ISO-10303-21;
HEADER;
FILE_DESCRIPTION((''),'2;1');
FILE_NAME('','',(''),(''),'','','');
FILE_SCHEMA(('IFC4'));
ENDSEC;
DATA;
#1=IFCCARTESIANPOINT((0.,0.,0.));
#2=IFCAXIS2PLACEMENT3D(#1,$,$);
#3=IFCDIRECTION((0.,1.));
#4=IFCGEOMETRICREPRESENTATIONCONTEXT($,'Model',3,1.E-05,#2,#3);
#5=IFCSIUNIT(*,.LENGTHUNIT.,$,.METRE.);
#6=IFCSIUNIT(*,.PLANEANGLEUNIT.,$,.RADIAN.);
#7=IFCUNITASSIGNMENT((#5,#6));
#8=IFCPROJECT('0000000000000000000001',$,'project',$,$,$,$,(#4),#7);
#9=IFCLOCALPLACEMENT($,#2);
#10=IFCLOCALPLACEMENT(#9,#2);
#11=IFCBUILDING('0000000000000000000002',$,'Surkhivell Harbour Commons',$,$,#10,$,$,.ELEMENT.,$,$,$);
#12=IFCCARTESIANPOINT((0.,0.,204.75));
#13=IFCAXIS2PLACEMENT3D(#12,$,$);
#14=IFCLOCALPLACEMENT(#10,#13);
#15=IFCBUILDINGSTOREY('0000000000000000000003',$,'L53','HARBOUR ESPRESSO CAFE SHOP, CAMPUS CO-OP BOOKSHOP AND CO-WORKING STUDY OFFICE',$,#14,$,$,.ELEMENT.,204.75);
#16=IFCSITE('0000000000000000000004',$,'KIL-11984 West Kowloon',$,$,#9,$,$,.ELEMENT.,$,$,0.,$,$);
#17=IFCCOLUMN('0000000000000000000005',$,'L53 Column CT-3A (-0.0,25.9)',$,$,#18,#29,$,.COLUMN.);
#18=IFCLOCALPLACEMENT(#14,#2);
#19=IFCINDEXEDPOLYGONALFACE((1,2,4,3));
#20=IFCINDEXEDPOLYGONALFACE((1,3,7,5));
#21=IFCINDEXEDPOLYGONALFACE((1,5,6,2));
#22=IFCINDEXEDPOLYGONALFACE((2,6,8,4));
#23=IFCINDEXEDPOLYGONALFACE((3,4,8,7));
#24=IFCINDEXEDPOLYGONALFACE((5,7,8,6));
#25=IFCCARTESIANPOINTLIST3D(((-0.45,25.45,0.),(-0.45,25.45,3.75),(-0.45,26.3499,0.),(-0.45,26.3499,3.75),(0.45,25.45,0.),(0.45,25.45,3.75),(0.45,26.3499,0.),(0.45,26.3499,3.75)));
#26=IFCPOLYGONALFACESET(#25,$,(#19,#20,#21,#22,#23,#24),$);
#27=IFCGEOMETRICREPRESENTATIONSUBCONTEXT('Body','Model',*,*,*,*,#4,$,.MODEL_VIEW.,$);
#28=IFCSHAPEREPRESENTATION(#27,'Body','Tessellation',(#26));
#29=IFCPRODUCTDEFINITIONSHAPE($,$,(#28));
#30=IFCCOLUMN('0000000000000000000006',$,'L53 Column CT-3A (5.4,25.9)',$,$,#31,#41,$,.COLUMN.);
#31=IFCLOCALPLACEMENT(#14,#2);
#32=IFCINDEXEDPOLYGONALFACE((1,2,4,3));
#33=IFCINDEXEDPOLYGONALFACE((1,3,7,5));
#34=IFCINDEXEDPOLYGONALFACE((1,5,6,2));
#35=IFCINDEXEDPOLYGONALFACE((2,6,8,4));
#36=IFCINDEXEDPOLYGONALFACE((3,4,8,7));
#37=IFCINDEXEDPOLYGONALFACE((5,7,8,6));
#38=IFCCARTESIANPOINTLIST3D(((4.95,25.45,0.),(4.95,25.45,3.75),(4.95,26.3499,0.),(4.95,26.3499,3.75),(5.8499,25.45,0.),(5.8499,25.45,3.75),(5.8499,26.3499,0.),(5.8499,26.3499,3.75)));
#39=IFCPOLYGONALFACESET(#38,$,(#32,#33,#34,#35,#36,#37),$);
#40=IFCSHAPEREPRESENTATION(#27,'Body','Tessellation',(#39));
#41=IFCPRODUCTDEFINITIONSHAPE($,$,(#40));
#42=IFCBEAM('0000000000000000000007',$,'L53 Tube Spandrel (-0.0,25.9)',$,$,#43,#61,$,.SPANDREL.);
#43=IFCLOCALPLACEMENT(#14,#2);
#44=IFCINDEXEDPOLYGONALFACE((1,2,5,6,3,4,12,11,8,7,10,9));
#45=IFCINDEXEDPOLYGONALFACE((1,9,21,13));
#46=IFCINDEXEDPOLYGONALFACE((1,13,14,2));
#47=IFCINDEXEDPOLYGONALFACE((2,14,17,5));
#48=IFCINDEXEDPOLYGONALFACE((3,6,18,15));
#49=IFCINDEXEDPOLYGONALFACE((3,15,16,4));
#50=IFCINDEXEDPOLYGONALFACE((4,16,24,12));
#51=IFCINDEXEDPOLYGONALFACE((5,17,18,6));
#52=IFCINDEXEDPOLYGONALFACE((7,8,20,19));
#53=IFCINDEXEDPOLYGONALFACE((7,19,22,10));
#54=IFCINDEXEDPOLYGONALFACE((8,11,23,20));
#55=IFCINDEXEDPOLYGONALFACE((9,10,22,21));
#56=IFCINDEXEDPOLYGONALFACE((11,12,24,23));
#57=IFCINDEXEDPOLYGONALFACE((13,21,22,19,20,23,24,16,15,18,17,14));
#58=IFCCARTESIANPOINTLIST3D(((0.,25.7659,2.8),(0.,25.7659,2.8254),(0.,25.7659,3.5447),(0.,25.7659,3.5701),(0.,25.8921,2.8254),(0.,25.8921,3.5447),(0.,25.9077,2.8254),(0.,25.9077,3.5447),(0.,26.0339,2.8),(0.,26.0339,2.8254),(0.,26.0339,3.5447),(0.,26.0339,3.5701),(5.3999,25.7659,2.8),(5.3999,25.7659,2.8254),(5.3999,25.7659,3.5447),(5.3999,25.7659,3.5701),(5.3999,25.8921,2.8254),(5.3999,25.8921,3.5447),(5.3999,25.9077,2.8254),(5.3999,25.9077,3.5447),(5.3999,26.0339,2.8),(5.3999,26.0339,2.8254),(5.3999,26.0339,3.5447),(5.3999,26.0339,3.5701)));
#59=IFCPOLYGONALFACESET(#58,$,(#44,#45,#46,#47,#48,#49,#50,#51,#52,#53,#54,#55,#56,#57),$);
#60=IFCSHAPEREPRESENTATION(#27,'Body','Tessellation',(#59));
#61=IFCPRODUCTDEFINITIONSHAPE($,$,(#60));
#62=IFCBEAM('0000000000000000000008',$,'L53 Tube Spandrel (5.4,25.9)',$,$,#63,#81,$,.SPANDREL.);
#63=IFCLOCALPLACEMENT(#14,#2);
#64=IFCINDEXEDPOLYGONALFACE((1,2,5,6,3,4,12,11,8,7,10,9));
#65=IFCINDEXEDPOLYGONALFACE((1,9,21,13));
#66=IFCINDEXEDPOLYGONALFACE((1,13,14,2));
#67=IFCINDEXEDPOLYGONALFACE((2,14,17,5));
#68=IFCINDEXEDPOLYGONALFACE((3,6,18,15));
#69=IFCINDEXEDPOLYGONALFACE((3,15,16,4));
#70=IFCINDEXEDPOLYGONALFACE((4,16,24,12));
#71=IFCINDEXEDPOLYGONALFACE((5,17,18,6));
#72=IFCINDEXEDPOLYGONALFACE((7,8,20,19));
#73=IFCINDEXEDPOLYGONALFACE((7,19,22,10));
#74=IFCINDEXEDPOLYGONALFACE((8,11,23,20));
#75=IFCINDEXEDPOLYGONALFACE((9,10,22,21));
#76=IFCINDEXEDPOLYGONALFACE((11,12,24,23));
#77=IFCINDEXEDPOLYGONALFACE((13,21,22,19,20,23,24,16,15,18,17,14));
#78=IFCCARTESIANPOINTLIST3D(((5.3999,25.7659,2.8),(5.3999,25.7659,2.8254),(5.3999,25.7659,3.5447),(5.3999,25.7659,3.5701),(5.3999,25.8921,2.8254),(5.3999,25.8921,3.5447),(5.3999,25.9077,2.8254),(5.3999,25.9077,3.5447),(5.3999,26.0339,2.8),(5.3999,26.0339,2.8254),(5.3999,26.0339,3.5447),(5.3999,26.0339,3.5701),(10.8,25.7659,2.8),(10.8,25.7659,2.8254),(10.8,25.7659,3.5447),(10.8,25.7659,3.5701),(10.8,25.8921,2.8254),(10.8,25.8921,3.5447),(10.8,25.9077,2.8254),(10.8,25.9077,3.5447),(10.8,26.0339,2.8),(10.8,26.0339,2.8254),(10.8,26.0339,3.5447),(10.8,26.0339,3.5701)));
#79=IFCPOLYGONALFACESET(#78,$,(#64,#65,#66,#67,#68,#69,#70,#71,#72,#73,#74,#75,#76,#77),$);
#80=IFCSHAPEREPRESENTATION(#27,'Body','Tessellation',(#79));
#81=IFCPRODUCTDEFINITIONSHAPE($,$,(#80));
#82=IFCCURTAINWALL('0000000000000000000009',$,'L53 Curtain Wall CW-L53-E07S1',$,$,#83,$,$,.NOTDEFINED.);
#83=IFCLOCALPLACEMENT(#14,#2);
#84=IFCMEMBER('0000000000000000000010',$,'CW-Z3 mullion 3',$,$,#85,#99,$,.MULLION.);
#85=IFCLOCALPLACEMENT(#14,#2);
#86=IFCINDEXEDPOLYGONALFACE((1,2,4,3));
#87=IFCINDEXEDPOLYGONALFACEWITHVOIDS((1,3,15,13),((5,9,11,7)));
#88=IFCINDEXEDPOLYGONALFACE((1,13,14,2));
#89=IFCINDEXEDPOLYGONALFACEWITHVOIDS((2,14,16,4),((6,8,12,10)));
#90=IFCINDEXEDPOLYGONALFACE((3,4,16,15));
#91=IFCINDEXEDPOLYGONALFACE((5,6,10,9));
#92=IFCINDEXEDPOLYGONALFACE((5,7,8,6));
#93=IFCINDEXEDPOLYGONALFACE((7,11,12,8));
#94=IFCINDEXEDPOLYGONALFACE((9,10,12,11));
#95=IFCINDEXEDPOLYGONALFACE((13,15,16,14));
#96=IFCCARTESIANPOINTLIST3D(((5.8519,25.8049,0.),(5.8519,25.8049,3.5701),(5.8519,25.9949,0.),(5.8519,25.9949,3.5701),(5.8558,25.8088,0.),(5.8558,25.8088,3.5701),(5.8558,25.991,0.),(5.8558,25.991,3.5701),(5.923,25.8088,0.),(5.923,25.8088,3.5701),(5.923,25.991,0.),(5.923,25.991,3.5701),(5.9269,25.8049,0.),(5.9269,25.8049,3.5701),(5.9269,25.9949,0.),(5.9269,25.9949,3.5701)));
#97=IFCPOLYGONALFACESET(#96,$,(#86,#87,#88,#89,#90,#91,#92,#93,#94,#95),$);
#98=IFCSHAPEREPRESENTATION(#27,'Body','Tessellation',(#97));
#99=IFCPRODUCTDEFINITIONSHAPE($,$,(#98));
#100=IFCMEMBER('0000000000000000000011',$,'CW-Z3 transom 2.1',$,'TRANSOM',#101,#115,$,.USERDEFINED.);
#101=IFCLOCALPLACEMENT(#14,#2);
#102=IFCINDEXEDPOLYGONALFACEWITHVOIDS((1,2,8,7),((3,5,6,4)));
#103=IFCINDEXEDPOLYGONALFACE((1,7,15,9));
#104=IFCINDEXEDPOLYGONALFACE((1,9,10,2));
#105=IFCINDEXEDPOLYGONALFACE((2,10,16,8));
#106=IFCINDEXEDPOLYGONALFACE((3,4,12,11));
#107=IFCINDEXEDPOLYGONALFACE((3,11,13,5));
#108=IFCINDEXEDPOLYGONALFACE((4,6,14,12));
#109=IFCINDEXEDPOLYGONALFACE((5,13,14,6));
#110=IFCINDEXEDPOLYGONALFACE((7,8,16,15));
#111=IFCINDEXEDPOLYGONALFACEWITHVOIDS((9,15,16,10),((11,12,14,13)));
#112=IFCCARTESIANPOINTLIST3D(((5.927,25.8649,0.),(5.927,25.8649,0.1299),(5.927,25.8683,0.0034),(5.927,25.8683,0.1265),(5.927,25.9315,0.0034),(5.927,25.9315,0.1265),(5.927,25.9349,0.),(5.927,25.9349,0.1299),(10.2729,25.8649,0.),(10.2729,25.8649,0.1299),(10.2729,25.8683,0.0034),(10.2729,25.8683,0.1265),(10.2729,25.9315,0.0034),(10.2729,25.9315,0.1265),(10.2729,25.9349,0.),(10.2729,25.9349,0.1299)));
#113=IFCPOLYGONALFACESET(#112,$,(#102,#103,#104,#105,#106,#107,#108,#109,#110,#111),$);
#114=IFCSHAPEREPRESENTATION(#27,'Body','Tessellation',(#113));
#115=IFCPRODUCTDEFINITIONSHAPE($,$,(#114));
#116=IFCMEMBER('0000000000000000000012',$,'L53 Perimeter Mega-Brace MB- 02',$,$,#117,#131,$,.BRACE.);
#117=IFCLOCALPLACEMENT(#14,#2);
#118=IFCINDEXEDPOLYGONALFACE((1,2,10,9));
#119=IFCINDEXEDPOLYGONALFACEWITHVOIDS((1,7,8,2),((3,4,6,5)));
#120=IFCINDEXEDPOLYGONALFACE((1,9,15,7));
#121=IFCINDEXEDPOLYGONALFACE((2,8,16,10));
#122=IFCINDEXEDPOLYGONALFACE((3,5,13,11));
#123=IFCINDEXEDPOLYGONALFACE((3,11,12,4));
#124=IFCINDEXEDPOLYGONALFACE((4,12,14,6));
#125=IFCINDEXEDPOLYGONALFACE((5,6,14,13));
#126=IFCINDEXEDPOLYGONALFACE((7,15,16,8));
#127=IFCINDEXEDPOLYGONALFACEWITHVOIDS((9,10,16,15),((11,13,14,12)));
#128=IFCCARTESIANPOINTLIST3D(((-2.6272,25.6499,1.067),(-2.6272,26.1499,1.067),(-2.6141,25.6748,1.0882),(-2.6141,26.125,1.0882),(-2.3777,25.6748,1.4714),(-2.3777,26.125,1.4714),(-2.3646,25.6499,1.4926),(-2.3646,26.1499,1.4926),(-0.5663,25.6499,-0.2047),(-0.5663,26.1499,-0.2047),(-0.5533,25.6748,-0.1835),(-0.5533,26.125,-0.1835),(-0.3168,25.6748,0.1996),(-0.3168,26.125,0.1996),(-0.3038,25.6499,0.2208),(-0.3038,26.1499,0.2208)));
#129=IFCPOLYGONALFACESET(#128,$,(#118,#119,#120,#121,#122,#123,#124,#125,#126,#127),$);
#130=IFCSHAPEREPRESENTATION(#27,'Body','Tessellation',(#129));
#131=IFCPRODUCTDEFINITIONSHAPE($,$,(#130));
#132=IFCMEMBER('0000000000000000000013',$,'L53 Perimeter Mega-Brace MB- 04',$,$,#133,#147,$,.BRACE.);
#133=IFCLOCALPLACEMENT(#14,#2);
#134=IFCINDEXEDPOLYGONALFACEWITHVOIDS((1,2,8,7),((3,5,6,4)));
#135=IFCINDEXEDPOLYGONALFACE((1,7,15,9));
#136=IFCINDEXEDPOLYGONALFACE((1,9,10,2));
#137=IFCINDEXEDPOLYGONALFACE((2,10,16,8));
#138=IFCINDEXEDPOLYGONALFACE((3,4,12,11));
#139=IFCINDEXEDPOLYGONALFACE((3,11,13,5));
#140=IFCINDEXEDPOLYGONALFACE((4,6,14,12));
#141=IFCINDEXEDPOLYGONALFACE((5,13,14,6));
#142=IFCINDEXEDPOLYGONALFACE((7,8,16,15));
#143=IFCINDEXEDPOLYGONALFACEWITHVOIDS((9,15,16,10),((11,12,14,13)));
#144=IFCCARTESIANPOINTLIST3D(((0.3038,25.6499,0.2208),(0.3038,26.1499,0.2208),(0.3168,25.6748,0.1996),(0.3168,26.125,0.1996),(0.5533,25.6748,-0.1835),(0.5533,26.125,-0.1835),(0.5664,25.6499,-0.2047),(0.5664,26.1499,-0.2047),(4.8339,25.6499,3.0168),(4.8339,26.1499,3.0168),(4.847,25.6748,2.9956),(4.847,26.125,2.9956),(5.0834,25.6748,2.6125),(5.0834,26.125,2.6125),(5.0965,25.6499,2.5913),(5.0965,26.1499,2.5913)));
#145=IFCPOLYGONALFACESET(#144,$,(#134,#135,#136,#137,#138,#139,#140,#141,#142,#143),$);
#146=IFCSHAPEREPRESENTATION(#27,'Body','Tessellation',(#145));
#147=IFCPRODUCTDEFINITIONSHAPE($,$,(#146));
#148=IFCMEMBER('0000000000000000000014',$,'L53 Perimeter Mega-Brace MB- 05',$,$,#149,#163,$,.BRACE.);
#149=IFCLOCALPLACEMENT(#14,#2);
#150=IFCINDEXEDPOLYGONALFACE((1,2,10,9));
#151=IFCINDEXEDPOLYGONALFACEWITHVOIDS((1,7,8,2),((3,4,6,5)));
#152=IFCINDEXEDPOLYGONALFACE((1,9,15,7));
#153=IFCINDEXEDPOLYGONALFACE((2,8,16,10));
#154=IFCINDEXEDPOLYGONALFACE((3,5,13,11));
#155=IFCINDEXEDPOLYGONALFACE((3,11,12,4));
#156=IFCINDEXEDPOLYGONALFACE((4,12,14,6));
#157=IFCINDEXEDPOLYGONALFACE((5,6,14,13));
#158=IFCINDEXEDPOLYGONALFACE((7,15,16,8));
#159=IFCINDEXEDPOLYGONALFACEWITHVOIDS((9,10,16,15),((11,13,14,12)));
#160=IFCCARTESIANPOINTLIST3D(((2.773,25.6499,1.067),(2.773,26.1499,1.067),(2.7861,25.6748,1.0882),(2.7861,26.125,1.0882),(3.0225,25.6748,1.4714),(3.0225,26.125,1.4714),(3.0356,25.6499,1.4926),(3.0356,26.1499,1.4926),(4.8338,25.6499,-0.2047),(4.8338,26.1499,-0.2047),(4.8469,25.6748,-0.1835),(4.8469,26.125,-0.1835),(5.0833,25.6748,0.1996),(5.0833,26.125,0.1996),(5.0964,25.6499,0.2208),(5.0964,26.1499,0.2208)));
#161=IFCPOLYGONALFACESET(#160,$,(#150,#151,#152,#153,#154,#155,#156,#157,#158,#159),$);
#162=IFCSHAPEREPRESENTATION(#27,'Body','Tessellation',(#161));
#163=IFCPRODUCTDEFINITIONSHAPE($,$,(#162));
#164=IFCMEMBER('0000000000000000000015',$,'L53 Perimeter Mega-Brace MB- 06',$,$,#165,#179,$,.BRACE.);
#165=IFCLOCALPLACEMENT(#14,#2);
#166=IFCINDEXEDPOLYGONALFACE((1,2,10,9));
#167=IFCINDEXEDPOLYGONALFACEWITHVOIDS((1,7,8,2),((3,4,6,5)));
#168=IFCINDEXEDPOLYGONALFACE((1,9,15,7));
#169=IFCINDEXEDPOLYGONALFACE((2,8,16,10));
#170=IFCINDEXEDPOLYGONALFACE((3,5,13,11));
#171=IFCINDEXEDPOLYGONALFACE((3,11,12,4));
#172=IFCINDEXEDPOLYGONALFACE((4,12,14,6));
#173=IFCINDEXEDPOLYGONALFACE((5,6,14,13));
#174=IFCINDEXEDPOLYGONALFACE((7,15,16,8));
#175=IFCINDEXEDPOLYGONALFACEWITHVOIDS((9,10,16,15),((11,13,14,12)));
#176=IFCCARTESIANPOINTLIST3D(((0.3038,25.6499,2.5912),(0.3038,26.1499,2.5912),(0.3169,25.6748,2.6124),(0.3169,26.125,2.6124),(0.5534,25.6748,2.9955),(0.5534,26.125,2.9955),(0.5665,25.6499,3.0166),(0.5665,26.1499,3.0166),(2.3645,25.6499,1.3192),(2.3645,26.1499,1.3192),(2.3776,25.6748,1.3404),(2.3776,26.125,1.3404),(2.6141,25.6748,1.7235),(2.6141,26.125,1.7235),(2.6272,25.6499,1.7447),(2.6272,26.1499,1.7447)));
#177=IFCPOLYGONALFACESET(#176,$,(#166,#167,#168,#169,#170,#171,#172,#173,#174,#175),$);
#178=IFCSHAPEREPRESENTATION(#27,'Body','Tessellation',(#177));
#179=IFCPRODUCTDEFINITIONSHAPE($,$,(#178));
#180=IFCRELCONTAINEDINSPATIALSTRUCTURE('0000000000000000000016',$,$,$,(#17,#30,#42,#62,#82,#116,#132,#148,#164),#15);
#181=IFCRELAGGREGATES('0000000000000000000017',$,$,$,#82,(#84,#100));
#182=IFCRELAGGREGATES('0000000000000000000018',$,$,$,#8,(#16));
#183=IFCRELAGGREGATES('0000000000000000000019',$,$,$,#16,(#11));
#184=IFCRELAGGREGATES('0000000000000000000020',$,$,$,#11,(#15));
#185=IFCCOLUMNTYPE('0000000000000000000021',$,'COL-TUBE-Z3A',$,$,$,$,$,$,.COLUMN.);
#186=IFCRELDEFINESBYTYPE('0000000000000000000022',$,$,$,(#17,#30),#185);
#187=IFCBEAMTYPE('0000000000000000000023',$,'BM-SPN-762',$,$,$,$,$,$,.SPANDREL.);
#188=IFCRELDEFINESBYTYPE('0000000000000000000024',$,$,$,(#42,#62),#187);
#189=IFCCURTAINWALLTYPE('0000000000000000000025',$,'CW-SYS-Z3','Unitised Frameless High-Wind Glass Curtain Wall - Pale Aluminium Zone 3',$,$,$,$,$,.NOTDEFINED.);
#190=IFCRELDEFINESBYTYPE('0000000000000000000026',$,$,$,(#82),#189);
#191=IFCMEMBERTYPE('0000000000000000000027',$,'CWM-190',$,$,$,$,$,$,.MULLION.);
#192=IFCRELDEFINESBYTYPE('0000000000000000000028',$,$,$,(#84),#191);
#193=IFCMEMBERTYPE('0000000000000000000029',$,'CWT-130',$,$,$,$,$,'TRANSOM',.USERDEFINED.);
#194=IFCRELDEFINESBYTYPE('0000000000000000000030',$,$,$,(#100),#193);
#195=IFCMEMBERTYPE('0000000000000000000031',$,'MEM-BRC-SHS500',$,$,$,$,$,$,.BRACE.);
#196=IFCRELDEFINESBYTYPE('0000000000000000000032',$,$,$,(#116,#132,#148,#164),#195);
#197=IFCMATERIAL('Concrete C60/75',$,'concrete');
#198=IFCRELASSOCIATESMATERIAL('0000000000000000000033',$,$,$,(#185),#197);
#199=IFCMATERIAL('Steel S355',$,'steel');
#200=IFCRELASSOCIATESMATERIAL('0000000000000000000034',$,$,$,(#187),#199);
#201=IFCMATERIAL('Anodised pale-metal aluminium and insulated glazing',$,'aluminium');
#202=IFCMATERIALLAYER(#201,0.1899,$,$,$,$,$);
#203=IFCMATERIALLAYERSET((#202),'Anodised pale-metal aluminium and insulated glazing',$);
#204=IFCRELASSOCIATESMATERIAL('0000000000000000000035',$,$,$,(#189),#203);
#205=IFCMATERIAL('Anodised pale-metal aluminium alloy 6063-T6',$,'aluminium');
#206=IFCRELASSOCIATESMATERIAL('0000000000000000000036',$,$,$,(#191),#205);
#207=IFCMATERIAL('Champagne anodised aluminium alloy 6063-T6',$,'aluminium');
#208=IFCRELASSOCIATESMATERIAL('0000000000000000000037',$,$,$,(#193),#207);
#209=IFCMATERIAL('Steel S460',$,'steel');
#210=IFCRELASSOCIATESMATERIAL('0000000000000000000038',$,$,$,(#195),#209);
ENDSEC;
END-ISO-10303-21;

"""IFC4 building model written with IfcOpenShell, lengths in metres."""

from ifc_helpers import new_model, si_unit, direction, frame, origin, origin_2d, place, context, subcontext, project, spatial, rectangle, hollow_rectangle, i_section, extrude, material, layer, layer_set, material_profile, profile_set, type_object, element, aggregate, save


model = new_model("IFC4")

# Units and contexts
model_context = context("Model", 3, precision=1e-05, world=origin(), true_north=direction((0.0, 1.0)))
body_context = subcontext(model_context, "Body", "Model", "MODEL_VIEW")
ifc_project = project(units=[si_unit("LENGTHUNIT", "METRE"), si_unit("PLANEANGLEUNIT", "RADIAN")], contexts=[model_context])

# Site, building, storey
site_placement = place(None, origin())
site = spatial("IfcSite", under=ifc_project, at=site_placement, Name="KIL-11984 West Kowloon", CompositionType="ELEMENT", RefElevation=0.0)
building_placement = place(site_placement, origin())
building = spatial("IfcBuilding", under=site, at=building_placement, Name="Surkhivell Harbour Commons", CompositionType="ELEMENT")
storey_placement = place(building_placement, frame((0.0, 0.0, 204.75)))
storey = spatial("IfcBuildingStorey", under=building, at=storey_placement, Name="L53", Description="HARBOUR ESPRESSO CAFE SHOP, CAMPUS CO-OP BOOKSHOP AND CO-WORKING STUDY OFFICE", CompositionType="ELEMENT", Elevation=204.75)

# Columns
ifc_material_1 = material(Name="Concrete C60/75", Category="concrete")
ifc_material_profile_1 = material_profile(ifc_material_1, rectangle(XDim=0.8999, YDim=0.8999, at=origin_2d()), Name="RC-COL-900x900")
ifc_profile_set_1 = profile_set([ifc_material_profile_1], Name="Concrete C60/75")
column_type = type_object("IfcColumnType", Name="COL-TUBE-Z3A", PredefinedType="COLUMN", material=ifc_profile_set_1)
for number, where, z_axis, x_axis, name in (
    (1, (0.0, 25.8999, 0.0), (0.0, 0.0, 1.0), (1.0, 0.0, 0.0), "L53 Column CT-3A (-0.0,25.9)"),
    (2, (5.3999, 25.8999, 0.0), (0.0, 0.0, 1.0), (1.0, 0.0, 0.0), "L53 Column CT-3A (5.4,25.9)"),
):
    element("IfcColumn", number, at=place(storey_placement, frame(where, z_axis=z_axis, x_axis=x_axis)), inside=storey, type_object=column_type, Name=name, PredefinedType="COLUMN", context=body_context, shape_type="SweptSolid", body=[
        extrude(rectangle(XDim=0.8999, YDim=0.8999, at=origin_2d()), origin(), (0.0, 0.0, 1.0), 3.75),
    ])

# Beams
ifc_material_2 = material(Name="Steel S355", Category="steel")
ifc_material_profile_2 = material_profile(ifc_material_2, i_section(OverallWidth=0.2681, OverallDepth=0.77, WebThickness=0.0156, FlangeThickness=0.0254, at=origin_2d()), Name="UB762x267x197")
ifc_profile_set_2 = profile_set([ifc_material_profile_2], Name="Steel S355")
beam_type = type_object("IfcBeamType", Name="BM-SPN-762", PredefinedType="SPANDREL", material=ifc_profile_set_2)
beam_1_placement = place(storey_placement, frame((0.0, 25.8999, 3.1851), z_axis=(1.0, 0.0, 0.0), x_axis=(0.0, 1.0, 0.0)))
element("IfcBeam", 3, at=beam_1_placement, inside=storey, type_object=beam_type, Name="L53 Tube Spandrel (-0.0,25.9)", PredefinedType="SPANDREL", context=body_context, shape_type="SweptSolid", body=[
    extrude(i_section(OverallWidth=0.2681, OverallDepth=0.77, WebThickness=0.0156, FlangeThickness=0.0254, at=origin_2d()), origin(), (0.0, 0.0, 1.0), 5.3999),
])
beam_2_placement = place(storey_placement, frame((5.3999, 25.8999, 3.1851), z_axis=(1.0, 0.0, 0.0), x_axis=(0.0, 1.0, 0.0)))
element("IfcBeam", 4, at=beam_2_placement, inside=storey, type_object=beam_type, Name="L53 Tube Spandrel (5.4,25.9)", PredefinedType="SPANDREL", context=body_context, shape_type="SweptSolid", body=[
    extrude(i_section(OverallWidth=0.2681, OverallDepth=0.77, WebThickness=0.0156, FlangeThickness=0.0254, at=origin_2d()), origin(), (0.0, 0.0, 1.0), 5.4001),
])

# Curtain wall, members
ifc_material_3 = material(Name="Anodised pale-metal aluminium and insulated glazing", Category="aluminium")
ifc_layer_1 = layer(ifc_material_3, 0.1899)
ifc_layer_set_1 = layer_set([ifc_layer_1], Name="Anodised pale-metal aluminium and insulated glazing")
curtain_wall_type = type_object("IfcCurtainWallType", Name="CW-SYS-Z3", Description="Unitised Frameless High-Wind Glass Curtain Wall - Pale Aluminium Zone 3", PredefinedType="NOTDEFINED", material=ifc_layer_set_1)
curtain_wall_placement = place(storey_placement, origin())
curtain_wall = element("IfcCurtainWall", 5, at=curtain_wall_placement, inside=storey, type_object=curtain_wall_type, Name="L53 Curtain Wall CW-L53-E07S1", PredefinedType="NOTDEFINED")
ifc_material_4 = material(Name="Anodised pale-metal aluminium alloy 6063-T6", Category="aluminium")
ifc_material_profile_3 = material_profile(ifc_material_4, hollow_rectangle(XDim=0.075, YDim=0.1899, WallThickness=0.0039, at=origin_2d()), Name="ALU-MULL-75x190")
ifc_profile_set_3 = profile_set([ifc_material_profile_3], Name="Anodised pale-metal aluminium alloy 6063-T6")
member_type_1 = type_object("IfcMemberType", Name="CWM-190", PredefinedType="MULLION", material=ifc_profile_set_3)
member_1_placement = place(storey_placement, frame((5.8894, 25.8999, 0.0), z_axis=(0.0, 0.0, 1.0), x_axis=(-1.0, 0.0, 0.0)))
member_1 = element("IfcMember", 6, at=member_1_placement, type_object=member_type_1, Name="CW-Z3 mullion 3", PredefinedType="MULLION", context=body_context, shape_type="SweptSolid", body=[
    extrude(hollow_rectangle(XDim=0.075, YDim=0.1899, WallThickness=0.0039, at=origin_2d()), origin(), (0.0, 0.0, 1.0), 3.5701),
])
ifc_material_5 = material(Name="Champagne anodised aluminium alloy 6063-T6", Category="aluminium")
ifc_material_profile_4 = material_profile(ifc_material_5, hollow_rectangle(XDim=0.0701, YDim=0.1299, WallThickness=0.0034, at=origin_2d()), Name="ALU-TRAN-70x130")
ifc_profile_set_4 = profile_set([ifc_material_profile_4], Name="Champagne anodised aluminium alloy 6063-T6")
member_type_2 = type_object("IfcMemberType", Name="CWT-130", ElementType="TRANSOM", PredefinedType="USERDEFINED", material=ifc_profile_set_4)
member_2_placement = place(storey_placement, frame((10.2729, 25.8999, 0.0649), z_axis=(-1.0, 0.0, 0.0), x_axis=(0.0, -1.0, 0.0)))
member_2 = element("IfcMember", 7, at=member_2_placement, type_object=member_type_2, Name="CW-Z3 transom 2.1", ObjectType="TRANSOM", PredefinedType="USERDEFINED", context=body_context, shape_type="SweptSolid", body=[
    extrude(hollow_rectangle(XDim=0.0701, YDim=0.1299, WallThickness=0.0034, at=origin_2d()), origin(), (0.0, 0.0, 1.0), 4.3459),
])

# Members
ifc_material_6 = material(Name="Steel S460", Category="steel")
ifc_material_profile_5 = material_profile(ifc_material_6, hollow_rectangle(XDim=0.5, YDim=0.5, WallThickness=0.0249, at=origin_2d()), Name="SHS500x500x25")
ifc_profile_set_5 = profile_set([ifc_material_profile_5], Name="Steel S460")
member_type_3 = type_object("IfcMemberType", Name="MEM-BRC-SHS500", PredefinedType="BRACE", material=ifc_profile_set_5)
member_3_placement = place(storey_placement, frame((-0.4351, 25.8999, 0.0081), z_axis=(-0.851003, 0.0, 0.52516), x_axis=(0.0, -1.0, 0.0)))
element("IfcMember", 8, at=member_3_placement, inside=storey, type_object=member_type_3, Name="L53 Perimeter Mega-Brace MB- 02", PredefinedType="BRACE", context=body_context, shape_type="SweptSolid", body=[
    extrude(hollow_rectangle(XDim=0.5, YDim=0.5, WallThickness=0.0249, at=origin_2d()), origin(), (0.0, 0.0, 1.0), 2.4216),
])
member_4_placement = place(storey_placement, frame((0.4351, 25.8999, 0.0081), z_axis=(0.850971, 0.0, 0.525213), x_axis=(0.0, 1.0, 0.0)))
element("IfcMember", 9, at=member_4_placement, inside=storey, type_object=member_type_3, Name="L53 Perimeter Mega-Brace MB- 04", PredefinedType="BRACE", context=body_context, shape_type="SweptSolid", body=[
    extrude(hollow_rectangle(XDim=0.5, YDim=0.5, WallThickness=0.0249, at=origin_2d()), origin(), (0.0, 0.0, 1.0), 5.3235),
])
for number, where, z_axis, x_axis, name in (
    (10, (4.9651, 25.8999, 0.0081), (-0.851003, 0.0, 0.52516), (0.0, -1.0, 0.0), "L53 Perimeter Mega-Brace MB- 05"),
    (11, (2.4958, 25.8999, 1.532), (-0.850958, 0.0, 0.525233), (0.0, -1.0, 0.0), "L53 Perimeter Mega-Brace MB- 06"),
):
    element("IfcMember", number, at=place(storey_placement, frame(where, z_axis=z_axis, x_axis=x_axis)), inside=storey, type_object=member_type_3, Name=name, PredefinedType="BRACE", context=body_context, shape_type="SweptSolid", body=[
        extrude(hollow_rectangle(XDim=0.5, YDim=0.5, WallThickness=0.0249, at=origin_2d()), origin(), (0.0, 0.0, 1.0), 2.4216),
    ])

aggregate(curtain_wall, [member_1, member_2])

save(model, "model.ifc")
